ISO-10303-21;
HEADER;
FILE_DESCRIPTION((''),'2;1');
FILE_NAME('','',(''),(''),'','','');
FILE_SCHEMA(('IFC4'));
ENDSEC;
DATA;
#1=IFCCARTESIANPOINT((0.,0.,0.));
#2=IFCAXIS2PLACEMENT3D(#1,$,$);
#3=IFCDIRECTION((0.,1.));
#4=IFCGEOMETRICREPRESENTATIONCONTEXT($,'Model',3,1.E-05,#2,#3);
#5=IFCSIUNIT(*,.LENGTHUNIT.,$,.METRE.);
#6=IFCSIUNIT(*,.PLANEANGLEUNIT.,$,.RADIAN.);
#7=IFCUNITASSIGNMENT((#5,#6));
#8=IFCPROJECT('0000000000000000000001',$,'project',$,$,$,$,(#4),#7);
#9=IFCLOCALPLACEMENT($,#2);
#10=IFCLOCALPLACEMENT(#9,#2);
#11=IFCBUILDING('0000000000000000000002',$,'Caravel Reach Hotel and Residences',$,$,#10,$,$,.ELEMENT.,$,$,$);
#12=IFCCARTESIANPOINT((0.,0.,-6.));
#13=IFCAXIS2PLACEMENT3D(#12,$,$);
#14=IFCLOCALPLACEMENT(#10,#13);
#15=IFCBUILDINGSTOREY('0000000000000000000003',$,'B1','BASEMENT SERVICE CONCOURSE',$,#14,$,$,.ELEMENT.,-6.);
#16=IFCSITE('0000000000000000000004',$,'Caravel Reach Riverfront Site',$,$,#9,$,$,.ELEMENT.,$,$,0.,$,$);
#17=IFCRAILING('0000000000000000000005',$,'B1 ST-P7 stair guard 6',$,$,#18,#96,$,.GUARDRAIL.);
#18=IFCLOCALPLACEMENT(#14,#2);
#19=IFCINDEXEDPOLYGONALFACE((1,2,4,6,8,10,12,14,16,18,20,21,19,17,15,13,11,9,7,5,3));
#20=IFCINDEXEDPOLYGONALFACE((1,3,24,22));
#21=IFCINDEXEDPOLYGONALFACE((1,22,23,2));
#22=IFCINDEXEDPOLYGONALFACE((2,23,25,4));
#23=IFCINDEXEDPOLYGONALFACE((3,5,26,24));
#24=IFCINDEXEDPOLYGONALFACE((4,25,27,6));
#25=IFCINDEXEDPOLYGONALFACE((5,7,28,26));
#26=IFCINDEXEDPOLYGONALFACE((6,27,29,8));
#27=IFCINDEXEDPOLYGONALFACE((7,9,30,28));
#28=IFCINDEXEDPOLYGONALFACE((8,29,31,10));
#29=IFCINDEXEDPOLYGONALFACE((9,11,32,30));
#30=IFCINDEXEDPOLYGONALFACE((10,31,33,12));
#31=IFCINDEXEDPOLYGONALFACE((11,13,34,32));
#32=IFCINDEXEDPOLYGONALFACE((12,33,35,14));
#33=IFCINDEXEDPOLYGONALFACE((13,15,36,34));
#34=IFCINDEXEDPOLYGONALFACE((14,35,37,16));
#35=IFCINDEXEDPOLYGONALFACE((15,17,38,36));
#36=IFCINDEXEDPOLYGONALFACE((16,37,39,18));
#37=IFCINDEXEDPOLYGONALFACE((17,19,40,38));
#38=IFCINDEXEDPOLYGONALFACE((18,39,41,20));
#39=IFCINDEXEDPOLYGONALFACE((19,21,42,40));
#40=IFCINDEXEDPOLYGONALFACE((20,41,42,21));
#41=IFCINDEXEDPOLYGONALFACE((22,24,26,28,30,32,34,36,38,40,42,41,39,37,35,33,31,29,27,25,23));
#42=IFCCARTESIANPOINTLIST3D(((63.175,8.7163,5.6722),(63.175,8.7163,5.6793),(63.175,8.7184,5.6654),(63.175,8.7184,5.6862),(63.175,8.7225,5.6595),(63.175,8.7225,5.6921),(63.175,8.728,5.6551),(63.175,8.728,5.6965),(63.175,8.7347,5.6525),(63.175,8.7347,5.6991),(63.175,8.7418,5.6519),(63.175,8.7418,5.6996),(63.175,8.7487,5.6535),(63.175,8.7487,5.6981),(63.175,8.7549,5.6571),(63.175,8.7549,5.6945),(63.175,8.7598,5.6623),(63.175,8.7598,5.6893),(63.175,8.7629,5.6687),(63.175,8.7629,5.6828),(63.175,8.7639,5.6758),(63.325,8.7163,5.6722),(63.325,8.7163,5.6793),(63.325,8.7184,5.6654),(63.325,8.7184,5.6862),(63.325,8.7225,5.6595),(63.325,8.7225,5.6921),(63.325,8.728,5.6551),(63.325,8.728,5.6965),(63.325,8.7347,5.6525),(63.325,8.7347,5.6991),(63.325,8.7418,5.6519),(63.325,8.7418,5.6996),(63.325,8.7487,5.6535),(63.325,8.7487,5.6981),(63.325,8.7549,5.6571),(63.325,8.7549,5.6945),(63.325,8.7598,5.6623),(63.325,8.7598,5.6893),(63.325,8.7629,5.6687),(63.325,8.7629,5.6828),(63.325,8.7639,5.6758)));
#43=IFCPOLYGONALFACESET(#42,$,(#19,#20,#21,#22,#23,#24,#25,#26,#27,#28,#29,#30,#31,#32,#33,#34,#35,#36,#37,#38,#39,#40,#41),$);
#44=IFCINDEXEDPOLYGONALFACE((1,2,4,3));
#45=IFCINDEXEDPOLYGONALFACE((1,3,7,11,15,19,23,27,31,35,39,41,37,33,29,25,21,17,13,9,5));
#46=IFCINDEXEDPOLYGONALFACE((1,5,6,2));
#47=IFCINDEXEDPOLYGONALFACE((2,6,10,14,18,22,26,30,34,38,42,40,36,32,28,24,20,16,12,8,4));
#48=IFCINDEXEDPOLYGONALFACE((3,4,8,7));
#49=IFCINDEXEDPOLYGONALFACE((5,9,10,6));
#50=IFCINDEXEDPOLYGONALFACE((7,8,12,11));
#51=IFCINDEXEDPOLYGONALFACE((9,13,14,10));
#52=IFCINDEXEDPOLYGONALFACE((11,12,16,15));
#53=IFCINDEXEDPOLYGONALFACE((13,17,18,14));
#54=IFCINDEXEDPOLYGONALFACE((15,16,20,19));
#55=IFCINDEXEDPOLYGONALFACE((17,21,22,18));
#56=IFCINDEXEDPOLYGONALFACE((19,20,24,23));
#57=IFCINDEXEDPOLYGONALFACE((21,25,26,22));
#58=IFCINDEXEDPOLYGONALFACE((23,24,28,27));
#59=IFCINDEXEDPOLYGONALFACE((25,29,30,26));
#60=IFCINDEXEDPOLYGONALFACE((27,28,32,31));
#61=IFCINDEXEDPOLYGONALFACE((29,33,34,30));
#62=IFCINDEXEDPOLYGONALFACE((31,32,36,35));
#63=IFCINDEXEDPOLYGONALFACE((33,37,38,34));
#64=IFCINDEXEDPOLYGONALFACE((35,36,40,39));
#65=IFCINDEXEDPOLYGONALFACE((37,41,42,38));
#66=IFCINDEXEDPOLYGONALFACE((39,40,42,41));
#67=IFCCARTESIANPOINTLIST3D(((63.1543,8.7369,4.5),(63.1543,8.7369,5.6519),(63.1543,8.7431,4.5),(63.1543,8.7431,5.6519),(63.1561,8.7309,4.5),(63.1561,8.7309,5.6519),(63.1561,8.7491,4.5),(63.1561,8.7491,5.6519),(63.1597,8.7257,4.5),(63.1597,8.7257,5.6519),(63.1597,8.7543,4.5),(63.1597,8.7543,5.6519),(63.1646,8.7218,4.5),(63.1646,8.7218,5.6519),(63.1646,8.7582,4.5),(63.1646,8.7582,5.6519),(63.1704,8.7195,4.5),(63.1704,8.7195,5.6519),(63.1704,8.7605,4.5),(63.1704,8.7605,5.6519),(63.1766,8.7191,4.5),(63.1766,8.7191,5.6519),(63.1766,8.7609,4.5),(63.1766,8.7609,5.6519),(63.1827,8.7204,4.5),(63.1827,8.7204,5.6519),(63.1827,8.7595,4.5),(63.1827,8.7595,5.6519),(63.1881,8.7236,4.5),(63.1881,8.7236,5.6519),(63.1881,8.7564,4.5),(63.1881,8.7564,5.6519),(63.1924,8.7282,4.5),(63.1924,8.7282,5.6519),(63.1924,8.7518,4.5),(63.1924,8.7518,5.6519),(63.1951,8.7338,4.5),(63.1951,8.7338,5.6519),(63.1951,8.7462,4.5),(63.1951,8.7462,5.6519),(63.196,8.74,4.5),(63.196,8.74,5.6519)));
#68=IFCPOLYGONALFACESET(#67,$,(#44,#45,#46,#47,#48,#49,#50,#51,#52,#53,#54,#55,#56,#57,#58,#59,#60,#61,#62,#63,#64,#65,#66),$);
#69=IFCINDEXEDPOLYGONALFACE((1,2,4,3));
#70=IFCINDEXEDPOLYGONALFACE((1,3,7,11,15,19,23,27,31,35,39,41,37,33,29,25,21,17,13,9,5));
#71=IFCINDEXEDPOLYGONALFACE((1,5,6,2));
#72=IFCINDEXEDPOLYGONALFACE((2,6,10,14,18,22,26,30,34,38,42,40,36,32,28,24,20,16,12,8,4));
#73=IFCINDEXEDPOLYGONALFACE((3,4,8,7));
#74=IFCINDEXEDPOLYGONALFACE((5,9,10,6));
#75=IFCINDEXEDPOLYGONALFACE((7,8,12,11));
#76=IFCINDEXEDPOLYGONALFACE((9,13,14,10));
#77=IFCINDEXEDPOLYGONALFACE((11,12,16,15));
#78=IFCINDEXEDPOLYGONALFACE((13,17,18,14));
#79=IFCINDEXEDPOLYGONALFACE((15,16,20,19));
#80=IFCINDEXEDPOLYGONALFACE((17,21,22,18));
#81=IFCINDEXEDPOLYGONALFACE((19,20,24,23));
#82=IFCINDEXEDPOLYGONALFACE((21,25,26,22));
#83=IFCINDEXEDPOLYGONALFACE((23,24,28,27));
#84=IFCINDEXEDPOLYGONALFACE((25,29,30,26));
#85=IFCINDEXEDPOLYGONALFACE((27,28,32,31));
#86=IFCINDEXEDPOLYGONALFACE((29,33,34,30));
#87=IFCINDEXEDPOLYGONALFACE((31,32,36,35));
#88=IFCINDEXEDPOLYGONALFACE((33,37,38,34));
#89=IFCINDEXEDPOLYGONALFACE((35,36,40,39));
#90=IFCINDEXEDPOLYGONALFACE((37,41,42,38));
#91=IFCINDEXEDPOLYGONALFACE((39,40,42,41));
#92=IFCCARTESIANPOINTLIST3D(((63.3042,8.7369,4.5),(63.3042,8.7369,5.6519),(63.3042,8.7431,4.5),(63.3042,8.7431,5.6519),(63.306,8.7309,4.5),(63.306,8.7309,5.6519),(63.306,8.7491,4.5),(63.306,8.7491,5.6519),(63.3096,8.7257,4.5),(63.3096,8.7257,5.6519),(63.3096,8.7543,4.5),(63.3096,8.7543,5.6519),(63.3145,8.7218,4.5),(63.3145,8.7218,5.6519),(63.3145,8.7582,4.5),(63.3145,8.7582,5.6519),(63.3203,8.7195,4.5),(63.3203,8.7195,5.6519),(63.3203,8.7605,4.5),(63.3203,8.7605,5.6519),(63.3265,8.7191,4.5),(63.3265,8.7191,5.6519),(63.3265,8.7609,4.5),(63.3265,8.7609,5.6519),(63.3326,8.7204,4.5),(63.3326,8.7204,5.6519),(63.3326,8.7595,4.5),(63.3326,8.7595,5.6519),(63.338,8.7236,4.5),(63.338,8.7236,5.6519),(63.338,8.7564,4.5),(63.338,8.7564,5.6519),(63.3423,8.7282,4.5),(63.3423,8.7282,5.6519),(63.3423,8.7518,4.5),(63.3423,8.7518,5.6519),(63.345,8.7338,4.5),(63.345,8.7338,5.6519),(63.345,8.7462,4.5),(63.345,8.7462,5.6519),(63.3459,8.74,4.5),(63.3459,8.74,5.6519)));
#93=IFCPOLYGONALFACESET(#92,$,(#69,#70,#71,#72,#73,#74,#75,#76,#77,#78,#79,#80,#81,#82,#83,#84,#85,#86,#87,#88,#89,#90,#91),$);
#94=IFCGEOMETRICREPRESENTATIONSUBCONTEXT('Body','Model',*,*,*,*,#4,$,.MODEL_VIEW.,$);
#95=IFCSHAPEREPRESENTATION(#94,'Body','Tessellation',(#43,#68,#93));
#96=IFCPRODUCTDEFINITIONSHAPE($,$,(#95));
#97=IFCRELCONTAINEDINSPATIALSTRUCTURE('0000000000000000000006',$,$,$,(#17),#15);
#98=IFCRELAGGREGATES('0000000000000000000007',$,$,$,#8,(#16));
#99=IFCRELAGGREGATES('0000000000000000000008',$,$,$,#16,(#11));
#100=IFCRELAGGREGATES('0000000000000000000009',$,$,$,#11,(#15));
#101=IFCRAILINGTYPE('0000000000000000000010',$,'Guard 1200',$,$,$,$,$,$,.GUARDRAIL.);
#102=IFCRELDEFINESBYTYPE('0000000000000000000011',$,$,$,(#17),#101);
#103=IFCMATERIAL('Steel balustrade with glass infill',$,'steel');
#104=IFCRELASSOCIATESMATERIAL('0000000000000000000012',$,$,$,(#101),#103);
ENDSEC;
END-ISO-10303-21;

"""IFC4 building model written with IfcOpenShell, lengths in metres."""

from ifc_helpers import new_model, si_unit, direction, frame, origin, origin_2d, place, context, subcontext, project, spatial, circle, extrude, material, type_object, element, save


model = new_model("IFC4")

# Units and contexts
model_context = context("Model", 3, precision=1e-05, world=origin(), true_north=direction((0.0, 1.0)))
body_context = subcontext(model_context, "Body", "Model", "MODEL_VIEW")
ifc_project = project(units=[si_unit("LENGTHUNIT", "METRE"), si_unit("PLANEANGLEUNIT", "RADIAN")], contexts=[model_context])

# Site, building, storey
site_placement = place(None, origin())
site = spatial("IfcSite", under=ifc_project, at=site_placement, Name="Caravel Reach Riverfront Site", CompositionType="ELEMENT", RefElevation=0.0)
building_placement = place(site_placement, origin())
building = spatial("IfcBuilding", under=site, at=building_placement, Name="Caravel Reach Hotel and Residences", CompositionType="ELEMENT")
storey_placement = place(building_placement, frame((0.0, 0.0, -6.0)))
storey = spatial("IfcBuildingStorey", under=building, at=storey_placement, Name="B1", Description="BASEMENT SERVICE CONCOURSE", CompositionType="ELEMENT", Elevation=-6.0)

# Railing
ifc_material_1 = material(Name="Steel balustrade with glass infill", Category="steel")
railing_type_1 = type_object("IfcRailingType", Name="Guard 1200", PredefinedType="GUARDRAIL", material=ifc_material_1)
railing_1_placement = place(storey_placement, frame((63.175, 8.74, 4.5)))
element("IfcRailing", 1, at=railing_1_placement, inside=storey, type_object=railing_type_1, Name="B1 ST-P7 stair guard 6", PredefinedType="GUARDRAIL", context=body_context, shape_type="SweptSolid", body=[
    extrude(circle(Radius=0.0239, at=origin_2d()), frame((0.0, 0.0, 1.1758), z_axis=(1.0, 0.0, 0.0), x_axis=(0.0, 1.0, 0.0)), (0.0, 0.0, 1.0), 0.1499),
    extrude(circle(Radius=0.021, at=origin_2d()), origin(), (0.0, 0.0, 1.0), 1.1519),
    extrude(circle(Radius=0.021, at=origin_2d()), frame((0.1499, 0.0, 0.0)), (0.0, 0.0, 1.0), 1.1519),
])

save(model, "model.ifc")
